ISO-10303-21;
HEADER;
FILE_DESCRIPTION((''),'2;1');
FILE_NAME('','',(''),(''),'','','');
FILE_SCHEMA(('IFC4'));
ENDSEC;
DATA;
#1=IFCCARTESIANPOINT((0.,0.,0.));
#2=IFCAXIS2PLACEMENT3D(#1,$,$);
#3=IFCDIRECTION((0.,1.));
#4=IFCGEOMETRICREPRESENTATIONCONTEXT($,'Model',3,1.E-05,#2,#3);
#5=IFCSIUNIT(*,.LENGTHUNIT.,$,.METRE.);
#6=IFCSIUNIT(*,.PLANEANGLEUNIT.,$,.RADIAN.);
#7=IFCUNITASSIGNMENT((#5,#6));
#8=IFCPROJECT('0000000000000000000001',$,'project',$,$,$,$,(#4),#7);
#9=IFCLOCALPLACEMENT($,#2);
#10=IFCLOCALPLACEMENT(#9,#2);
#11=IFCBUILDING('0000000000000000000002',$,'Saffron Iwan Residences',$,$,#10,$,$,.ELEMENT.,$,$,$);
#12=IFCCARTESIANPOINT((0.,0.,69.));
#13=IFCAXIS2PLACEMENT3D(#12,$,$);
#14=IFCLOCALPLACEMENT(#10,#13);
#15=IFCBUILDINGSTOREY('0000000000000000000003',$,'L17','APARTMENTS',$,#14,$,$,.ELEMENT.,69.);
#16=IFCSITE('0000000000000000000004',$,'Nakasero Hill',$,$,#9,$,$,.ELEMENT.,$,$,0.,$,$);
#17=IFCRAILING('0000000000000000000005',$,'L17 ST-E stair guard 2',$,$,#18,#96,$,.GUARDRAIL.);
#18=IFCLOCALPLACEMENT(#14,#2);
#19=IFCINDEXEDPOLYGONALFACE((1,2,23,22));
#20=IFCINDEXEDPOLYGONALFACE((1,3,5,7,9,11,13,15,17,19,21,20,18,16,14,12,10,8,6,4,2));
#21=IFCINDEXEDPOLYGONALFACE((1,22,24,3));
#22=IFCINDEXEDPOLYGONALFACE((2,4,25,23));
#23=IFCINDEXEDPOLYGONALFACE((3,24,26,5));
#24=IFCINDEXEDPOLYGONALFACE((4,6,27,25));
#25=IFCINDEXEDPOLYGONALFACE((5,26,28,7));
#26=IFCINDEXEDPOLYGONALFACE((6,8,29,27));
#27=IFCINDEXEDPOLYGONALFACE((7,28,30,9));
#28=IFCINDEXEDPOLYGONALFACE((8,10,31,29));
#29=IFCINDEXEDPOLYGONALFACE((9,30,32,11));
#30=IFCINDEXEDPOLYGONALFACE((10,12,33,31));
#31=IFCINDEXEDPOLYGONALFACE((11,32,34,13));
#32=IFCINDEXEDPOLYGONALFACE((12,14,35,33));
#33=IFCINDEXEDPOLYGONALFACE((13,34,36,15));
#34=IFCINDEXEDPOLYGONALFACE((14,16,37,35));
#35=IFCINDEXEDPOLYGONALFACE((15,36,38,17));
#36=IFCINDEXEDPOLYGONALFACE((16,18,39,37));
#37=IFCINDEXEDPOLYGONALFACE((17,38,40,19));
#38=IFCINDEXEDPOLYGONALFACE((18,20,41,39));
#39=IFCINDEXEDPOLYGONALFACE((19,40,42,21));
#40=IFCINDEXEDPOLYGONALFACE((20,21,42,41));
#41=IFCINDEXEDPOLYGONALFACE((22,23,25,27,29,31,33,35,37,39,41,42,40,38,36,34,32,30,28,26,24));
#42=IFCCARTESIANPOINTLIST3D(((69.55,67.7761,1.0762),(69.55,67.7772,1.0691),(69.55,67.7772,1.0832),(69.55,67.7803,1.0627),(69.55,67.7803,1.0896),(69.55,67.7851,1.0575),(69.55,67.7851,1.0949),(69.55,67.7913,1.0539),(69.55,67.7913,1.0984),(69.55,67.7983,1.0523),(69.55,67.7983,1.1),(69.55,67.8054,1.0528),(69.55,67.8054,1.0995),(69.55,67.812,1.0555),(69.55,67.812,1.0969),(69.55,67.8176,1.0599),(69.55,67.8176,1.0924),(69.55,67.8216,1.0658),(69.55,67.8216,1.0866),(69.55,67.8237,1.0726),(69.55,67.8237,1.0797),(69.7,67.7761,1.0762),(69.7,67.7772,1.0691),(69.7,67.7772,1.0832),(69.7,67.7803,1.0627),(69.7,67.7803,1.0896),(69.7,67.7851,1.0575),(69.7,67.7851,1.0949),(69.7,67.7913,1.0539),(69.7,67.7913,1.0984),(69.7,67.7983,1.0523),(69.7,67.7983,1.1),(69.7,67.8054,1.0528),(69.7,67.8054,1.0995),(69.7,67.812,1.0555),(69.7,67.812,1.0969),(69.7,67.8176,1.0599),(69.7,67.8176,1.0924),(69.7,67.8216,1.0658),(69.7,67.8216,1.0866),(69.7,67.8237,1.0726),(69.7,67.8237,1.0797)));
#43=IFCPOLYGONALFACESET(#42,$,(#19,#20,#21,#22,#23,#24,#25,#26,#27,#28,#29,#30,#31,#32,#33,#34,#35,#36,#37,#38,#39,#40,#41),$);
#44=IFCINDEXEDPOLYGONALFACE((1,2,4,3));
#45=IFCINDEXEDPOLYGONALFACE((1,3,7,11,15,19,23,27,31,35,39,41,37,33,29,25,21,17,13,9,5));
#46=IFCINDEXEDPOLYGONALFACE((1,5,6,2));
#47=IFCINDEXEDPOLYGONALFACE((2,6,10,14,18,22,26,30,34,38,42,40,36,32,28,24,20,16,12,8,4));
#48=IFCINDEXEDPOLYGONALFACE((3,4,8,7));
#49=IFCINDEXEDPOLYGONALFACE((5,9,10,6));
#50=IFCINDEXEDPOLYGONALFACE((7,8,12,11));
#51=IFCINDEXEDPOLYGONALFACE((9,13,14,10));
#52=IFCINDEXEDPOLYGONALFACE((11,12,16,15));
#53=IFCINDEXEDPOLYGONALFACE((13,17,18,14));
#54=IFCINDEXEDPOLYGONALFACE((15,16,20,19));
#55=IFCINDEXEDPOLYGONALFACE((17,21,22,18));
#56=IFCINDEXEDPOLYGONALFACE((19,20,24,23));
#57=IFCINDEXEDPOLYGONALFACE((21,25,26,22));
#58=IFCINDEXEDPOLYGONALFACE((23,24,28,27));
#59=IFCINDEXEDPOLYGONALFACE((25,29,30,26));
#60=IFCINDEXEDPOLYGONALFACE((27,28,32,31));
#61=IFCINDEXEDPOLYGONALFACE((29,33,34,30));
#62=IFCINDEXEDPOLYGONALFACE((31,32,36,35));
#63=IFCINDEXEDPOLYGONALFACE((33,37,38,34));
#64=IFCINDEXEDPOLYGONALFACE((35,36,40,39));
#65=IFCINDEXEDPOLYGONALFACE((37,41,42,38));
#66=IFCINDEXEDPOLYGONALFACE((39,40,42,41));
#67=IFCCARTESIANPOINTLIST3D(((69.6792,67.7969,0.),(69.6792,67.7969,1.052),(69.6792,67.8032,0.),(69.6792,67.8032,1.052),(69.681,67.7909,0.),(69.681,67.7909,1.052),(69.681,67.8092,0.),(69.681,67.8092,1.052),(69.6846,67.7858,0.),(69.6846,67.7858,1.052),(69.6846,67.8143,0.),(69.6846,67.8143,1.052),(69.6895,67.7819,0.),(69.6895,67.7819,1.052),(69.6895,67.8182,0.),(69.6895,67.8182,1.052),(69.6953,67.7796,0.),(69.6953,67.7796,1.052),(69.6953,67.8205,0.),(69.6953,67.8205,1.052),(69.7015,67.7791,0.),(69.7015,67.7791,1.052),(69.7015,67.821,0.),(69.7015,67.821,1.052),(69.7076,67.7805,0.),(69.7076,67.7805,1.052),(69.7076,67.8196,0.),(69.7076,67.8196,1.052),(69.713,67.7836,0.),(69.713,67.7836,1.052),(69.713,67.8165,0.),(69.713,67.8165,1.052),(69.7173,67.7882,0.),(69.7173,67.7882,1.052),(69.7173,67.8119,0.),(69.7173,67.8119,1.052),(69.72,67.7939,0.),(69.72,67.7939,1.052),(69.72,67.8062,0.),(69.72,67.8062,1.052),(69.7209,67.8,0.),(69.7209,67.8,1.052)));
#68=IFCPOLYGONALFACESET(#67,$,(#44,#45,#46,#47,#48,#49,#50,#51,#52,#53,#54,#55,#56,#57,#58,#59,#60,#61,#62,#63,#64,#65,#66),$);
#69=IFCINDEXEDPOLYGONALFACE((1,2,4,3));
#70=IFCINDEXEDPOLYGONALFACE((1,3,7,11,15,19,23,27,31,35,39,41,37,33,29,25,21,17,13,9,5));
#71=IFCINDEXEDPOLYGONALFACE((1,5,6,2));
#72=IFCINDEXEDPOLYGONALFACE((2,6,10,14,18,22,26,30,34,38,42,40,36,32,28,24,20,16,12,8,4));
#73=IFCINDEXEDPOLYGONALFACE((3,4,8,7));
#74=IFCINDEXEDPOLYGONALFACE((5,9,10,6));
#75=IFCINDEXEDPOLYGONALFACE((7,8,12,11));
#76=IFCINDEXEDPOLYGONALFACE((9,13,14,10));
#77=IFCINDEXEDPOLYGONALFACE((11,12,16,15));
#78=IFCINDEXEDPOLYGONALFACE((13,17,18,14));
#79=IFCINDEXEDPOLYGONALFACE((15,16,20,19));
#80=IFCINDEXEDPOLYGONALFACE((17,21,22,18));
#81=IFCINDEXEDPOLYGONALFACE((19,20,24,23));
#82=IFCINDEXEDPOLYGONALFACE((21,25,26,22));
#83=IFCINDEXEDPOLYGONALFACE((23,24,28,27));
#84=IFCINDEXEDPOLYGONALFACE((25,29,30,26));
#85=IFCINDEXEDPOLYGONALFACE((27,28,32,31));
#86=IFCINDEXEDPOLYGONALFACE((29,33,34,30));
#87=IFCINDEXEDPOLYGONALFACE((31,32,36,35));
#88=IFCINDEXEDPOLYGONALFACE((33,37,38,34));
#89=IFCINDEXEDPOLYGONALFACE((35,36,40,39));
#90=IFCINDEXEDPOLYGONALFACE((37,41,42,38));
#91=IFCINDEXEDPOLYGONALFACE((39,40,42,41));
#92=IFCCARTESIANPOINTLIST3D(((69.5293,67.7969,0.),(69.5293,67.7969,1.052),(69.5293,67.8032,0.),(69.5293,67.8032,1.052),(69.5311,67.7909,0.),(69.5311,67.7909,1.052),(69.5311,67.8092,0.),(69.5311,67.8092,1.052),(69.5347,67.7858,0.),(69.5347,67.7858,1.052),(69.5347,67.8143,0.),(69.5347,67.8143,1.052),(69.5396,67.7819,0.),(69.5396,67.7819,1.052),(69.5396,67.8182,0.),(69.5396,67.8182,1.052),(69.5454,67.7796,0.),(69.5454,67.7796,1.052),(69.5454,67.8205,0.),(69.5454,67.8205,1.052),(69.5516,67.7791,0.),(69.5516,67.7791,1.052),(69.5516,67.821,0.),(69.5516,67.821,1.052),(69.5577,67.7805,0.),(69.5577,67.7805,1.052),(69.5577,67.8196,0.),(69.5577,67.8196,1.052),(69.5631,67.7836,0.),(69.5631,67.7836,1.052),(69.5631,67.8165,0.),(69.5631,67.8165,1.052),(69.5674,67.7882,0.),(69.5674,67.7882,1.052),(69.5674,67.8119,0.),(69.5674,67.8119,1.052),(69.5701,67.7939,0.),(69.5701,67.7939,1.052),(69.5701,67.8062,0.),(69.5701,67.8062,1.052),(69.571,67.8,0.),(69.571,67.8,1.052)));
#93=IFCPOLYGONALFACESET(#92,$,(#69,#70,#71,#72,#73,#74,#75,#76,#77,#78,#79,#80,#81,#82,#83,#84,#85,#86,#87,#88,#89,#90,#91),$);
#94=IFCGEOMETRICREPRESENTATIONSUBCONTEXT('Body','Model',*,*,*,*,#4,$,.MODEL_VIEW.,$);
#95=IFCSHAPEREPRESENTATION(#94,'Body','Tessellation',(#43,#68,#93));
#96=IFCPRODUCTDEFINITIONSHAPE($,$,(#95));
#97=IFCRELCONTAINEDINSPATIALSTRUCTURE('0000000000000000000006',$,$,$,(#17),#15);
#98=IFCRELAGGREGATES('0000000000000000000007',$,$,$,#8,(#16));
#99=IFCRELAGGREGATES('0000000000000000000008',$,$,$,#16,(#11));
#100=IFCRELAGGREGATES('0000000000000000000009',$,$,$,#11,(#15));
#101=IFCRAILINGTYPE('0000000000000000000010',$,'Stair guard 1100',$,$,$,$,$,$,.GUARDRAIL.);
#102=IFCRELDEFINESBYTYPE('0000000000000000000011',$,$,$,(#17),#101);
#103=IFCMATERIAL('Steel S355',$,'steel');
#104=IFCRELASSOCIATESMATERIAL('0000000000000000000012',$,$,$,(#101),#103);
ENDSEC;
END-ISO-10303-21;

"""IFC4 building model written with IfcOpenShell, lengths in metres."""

from ifc_helpers import new_model, si_unit, direction, frame, origin, origin_2d, place, context, subcontext, project, spatial, circle, extrude, material, type_object, element, save


model = new_model("IFC4")

# Units and contexts
model_context = context("Model", 3, precision=1e-05, world=origin(), true_north=direction((0.0, 1.0)))
body_context = subcontext(model_context, "Body", "Model", "MODEL_VIEW")
ifc_project = project(units=[si_unit("LENGTHUNIT", "METRE"), si_unit("PLANEANGLEUNIT", "RADIAN")], contexts=[model_context])

# Site, building, storey
site_placement = place(None, origin())
site = spatial("IfcSite", under=ifc_project, at=site_placement, Name="Nakasero Hill", CompositionType="ELEMENT", RefElevation=0.0)
building_placement = place(site_placement, origin())
building = spatial("IfcBuilding", under=site, at=building_placement, Name="Saffron Iwan Residences", CompositionType="ELEMENT")
storey_placement = place(building_placement, frame((0.0, 0.0, 69.0)))
storey = spatial("IfcBuildingStorey", under=building, at=storey_placement, Name="L17", Description="APARTMENTS", CompositionType="ELEMENT", Elevation=69.0)

# Railing
ifc_material_1 = material(Name="Steel S355", Category="steel")
railing_type_1 = type_object("IfcRailingType", Name="Stair guard 1100", PredefinedType="GUARDRAIL", material=ifc_material_1)
railing_1_placement = place(storey_placement, frame((69.7, 67.8, 0.0)))
element("IfcRailing", 1, at=railing_1_placement, inside=storey, type_object=railing_type_1, Name="L17 ST-E stair guard 2", PredefinedType="GUARDRAIL", context=body_context, shape_type="SweptSolid", body=[
    extrude(circle(Radius=0.0239, at=origin_2d()), frame((0.0, 0.0, 1.0762), z_axis=(-1.0, 0.0, 0.0), x_axis=(0.0, -1.0, 0.0)), (0.0, 0.0, 1.0), 0.1499),
    extrude(circle(Radius=0.021, at=origin_2d()), origin(), (0.0, 0.0, 1.0), 1.052),
    extrude(circle(Radius=0.021, at=origin_2d()), frame((-0.1499, 0.0, 0.0)), (0.0, 0.0, 1.0), 1.052),
])

save(model, "model.ifc")
